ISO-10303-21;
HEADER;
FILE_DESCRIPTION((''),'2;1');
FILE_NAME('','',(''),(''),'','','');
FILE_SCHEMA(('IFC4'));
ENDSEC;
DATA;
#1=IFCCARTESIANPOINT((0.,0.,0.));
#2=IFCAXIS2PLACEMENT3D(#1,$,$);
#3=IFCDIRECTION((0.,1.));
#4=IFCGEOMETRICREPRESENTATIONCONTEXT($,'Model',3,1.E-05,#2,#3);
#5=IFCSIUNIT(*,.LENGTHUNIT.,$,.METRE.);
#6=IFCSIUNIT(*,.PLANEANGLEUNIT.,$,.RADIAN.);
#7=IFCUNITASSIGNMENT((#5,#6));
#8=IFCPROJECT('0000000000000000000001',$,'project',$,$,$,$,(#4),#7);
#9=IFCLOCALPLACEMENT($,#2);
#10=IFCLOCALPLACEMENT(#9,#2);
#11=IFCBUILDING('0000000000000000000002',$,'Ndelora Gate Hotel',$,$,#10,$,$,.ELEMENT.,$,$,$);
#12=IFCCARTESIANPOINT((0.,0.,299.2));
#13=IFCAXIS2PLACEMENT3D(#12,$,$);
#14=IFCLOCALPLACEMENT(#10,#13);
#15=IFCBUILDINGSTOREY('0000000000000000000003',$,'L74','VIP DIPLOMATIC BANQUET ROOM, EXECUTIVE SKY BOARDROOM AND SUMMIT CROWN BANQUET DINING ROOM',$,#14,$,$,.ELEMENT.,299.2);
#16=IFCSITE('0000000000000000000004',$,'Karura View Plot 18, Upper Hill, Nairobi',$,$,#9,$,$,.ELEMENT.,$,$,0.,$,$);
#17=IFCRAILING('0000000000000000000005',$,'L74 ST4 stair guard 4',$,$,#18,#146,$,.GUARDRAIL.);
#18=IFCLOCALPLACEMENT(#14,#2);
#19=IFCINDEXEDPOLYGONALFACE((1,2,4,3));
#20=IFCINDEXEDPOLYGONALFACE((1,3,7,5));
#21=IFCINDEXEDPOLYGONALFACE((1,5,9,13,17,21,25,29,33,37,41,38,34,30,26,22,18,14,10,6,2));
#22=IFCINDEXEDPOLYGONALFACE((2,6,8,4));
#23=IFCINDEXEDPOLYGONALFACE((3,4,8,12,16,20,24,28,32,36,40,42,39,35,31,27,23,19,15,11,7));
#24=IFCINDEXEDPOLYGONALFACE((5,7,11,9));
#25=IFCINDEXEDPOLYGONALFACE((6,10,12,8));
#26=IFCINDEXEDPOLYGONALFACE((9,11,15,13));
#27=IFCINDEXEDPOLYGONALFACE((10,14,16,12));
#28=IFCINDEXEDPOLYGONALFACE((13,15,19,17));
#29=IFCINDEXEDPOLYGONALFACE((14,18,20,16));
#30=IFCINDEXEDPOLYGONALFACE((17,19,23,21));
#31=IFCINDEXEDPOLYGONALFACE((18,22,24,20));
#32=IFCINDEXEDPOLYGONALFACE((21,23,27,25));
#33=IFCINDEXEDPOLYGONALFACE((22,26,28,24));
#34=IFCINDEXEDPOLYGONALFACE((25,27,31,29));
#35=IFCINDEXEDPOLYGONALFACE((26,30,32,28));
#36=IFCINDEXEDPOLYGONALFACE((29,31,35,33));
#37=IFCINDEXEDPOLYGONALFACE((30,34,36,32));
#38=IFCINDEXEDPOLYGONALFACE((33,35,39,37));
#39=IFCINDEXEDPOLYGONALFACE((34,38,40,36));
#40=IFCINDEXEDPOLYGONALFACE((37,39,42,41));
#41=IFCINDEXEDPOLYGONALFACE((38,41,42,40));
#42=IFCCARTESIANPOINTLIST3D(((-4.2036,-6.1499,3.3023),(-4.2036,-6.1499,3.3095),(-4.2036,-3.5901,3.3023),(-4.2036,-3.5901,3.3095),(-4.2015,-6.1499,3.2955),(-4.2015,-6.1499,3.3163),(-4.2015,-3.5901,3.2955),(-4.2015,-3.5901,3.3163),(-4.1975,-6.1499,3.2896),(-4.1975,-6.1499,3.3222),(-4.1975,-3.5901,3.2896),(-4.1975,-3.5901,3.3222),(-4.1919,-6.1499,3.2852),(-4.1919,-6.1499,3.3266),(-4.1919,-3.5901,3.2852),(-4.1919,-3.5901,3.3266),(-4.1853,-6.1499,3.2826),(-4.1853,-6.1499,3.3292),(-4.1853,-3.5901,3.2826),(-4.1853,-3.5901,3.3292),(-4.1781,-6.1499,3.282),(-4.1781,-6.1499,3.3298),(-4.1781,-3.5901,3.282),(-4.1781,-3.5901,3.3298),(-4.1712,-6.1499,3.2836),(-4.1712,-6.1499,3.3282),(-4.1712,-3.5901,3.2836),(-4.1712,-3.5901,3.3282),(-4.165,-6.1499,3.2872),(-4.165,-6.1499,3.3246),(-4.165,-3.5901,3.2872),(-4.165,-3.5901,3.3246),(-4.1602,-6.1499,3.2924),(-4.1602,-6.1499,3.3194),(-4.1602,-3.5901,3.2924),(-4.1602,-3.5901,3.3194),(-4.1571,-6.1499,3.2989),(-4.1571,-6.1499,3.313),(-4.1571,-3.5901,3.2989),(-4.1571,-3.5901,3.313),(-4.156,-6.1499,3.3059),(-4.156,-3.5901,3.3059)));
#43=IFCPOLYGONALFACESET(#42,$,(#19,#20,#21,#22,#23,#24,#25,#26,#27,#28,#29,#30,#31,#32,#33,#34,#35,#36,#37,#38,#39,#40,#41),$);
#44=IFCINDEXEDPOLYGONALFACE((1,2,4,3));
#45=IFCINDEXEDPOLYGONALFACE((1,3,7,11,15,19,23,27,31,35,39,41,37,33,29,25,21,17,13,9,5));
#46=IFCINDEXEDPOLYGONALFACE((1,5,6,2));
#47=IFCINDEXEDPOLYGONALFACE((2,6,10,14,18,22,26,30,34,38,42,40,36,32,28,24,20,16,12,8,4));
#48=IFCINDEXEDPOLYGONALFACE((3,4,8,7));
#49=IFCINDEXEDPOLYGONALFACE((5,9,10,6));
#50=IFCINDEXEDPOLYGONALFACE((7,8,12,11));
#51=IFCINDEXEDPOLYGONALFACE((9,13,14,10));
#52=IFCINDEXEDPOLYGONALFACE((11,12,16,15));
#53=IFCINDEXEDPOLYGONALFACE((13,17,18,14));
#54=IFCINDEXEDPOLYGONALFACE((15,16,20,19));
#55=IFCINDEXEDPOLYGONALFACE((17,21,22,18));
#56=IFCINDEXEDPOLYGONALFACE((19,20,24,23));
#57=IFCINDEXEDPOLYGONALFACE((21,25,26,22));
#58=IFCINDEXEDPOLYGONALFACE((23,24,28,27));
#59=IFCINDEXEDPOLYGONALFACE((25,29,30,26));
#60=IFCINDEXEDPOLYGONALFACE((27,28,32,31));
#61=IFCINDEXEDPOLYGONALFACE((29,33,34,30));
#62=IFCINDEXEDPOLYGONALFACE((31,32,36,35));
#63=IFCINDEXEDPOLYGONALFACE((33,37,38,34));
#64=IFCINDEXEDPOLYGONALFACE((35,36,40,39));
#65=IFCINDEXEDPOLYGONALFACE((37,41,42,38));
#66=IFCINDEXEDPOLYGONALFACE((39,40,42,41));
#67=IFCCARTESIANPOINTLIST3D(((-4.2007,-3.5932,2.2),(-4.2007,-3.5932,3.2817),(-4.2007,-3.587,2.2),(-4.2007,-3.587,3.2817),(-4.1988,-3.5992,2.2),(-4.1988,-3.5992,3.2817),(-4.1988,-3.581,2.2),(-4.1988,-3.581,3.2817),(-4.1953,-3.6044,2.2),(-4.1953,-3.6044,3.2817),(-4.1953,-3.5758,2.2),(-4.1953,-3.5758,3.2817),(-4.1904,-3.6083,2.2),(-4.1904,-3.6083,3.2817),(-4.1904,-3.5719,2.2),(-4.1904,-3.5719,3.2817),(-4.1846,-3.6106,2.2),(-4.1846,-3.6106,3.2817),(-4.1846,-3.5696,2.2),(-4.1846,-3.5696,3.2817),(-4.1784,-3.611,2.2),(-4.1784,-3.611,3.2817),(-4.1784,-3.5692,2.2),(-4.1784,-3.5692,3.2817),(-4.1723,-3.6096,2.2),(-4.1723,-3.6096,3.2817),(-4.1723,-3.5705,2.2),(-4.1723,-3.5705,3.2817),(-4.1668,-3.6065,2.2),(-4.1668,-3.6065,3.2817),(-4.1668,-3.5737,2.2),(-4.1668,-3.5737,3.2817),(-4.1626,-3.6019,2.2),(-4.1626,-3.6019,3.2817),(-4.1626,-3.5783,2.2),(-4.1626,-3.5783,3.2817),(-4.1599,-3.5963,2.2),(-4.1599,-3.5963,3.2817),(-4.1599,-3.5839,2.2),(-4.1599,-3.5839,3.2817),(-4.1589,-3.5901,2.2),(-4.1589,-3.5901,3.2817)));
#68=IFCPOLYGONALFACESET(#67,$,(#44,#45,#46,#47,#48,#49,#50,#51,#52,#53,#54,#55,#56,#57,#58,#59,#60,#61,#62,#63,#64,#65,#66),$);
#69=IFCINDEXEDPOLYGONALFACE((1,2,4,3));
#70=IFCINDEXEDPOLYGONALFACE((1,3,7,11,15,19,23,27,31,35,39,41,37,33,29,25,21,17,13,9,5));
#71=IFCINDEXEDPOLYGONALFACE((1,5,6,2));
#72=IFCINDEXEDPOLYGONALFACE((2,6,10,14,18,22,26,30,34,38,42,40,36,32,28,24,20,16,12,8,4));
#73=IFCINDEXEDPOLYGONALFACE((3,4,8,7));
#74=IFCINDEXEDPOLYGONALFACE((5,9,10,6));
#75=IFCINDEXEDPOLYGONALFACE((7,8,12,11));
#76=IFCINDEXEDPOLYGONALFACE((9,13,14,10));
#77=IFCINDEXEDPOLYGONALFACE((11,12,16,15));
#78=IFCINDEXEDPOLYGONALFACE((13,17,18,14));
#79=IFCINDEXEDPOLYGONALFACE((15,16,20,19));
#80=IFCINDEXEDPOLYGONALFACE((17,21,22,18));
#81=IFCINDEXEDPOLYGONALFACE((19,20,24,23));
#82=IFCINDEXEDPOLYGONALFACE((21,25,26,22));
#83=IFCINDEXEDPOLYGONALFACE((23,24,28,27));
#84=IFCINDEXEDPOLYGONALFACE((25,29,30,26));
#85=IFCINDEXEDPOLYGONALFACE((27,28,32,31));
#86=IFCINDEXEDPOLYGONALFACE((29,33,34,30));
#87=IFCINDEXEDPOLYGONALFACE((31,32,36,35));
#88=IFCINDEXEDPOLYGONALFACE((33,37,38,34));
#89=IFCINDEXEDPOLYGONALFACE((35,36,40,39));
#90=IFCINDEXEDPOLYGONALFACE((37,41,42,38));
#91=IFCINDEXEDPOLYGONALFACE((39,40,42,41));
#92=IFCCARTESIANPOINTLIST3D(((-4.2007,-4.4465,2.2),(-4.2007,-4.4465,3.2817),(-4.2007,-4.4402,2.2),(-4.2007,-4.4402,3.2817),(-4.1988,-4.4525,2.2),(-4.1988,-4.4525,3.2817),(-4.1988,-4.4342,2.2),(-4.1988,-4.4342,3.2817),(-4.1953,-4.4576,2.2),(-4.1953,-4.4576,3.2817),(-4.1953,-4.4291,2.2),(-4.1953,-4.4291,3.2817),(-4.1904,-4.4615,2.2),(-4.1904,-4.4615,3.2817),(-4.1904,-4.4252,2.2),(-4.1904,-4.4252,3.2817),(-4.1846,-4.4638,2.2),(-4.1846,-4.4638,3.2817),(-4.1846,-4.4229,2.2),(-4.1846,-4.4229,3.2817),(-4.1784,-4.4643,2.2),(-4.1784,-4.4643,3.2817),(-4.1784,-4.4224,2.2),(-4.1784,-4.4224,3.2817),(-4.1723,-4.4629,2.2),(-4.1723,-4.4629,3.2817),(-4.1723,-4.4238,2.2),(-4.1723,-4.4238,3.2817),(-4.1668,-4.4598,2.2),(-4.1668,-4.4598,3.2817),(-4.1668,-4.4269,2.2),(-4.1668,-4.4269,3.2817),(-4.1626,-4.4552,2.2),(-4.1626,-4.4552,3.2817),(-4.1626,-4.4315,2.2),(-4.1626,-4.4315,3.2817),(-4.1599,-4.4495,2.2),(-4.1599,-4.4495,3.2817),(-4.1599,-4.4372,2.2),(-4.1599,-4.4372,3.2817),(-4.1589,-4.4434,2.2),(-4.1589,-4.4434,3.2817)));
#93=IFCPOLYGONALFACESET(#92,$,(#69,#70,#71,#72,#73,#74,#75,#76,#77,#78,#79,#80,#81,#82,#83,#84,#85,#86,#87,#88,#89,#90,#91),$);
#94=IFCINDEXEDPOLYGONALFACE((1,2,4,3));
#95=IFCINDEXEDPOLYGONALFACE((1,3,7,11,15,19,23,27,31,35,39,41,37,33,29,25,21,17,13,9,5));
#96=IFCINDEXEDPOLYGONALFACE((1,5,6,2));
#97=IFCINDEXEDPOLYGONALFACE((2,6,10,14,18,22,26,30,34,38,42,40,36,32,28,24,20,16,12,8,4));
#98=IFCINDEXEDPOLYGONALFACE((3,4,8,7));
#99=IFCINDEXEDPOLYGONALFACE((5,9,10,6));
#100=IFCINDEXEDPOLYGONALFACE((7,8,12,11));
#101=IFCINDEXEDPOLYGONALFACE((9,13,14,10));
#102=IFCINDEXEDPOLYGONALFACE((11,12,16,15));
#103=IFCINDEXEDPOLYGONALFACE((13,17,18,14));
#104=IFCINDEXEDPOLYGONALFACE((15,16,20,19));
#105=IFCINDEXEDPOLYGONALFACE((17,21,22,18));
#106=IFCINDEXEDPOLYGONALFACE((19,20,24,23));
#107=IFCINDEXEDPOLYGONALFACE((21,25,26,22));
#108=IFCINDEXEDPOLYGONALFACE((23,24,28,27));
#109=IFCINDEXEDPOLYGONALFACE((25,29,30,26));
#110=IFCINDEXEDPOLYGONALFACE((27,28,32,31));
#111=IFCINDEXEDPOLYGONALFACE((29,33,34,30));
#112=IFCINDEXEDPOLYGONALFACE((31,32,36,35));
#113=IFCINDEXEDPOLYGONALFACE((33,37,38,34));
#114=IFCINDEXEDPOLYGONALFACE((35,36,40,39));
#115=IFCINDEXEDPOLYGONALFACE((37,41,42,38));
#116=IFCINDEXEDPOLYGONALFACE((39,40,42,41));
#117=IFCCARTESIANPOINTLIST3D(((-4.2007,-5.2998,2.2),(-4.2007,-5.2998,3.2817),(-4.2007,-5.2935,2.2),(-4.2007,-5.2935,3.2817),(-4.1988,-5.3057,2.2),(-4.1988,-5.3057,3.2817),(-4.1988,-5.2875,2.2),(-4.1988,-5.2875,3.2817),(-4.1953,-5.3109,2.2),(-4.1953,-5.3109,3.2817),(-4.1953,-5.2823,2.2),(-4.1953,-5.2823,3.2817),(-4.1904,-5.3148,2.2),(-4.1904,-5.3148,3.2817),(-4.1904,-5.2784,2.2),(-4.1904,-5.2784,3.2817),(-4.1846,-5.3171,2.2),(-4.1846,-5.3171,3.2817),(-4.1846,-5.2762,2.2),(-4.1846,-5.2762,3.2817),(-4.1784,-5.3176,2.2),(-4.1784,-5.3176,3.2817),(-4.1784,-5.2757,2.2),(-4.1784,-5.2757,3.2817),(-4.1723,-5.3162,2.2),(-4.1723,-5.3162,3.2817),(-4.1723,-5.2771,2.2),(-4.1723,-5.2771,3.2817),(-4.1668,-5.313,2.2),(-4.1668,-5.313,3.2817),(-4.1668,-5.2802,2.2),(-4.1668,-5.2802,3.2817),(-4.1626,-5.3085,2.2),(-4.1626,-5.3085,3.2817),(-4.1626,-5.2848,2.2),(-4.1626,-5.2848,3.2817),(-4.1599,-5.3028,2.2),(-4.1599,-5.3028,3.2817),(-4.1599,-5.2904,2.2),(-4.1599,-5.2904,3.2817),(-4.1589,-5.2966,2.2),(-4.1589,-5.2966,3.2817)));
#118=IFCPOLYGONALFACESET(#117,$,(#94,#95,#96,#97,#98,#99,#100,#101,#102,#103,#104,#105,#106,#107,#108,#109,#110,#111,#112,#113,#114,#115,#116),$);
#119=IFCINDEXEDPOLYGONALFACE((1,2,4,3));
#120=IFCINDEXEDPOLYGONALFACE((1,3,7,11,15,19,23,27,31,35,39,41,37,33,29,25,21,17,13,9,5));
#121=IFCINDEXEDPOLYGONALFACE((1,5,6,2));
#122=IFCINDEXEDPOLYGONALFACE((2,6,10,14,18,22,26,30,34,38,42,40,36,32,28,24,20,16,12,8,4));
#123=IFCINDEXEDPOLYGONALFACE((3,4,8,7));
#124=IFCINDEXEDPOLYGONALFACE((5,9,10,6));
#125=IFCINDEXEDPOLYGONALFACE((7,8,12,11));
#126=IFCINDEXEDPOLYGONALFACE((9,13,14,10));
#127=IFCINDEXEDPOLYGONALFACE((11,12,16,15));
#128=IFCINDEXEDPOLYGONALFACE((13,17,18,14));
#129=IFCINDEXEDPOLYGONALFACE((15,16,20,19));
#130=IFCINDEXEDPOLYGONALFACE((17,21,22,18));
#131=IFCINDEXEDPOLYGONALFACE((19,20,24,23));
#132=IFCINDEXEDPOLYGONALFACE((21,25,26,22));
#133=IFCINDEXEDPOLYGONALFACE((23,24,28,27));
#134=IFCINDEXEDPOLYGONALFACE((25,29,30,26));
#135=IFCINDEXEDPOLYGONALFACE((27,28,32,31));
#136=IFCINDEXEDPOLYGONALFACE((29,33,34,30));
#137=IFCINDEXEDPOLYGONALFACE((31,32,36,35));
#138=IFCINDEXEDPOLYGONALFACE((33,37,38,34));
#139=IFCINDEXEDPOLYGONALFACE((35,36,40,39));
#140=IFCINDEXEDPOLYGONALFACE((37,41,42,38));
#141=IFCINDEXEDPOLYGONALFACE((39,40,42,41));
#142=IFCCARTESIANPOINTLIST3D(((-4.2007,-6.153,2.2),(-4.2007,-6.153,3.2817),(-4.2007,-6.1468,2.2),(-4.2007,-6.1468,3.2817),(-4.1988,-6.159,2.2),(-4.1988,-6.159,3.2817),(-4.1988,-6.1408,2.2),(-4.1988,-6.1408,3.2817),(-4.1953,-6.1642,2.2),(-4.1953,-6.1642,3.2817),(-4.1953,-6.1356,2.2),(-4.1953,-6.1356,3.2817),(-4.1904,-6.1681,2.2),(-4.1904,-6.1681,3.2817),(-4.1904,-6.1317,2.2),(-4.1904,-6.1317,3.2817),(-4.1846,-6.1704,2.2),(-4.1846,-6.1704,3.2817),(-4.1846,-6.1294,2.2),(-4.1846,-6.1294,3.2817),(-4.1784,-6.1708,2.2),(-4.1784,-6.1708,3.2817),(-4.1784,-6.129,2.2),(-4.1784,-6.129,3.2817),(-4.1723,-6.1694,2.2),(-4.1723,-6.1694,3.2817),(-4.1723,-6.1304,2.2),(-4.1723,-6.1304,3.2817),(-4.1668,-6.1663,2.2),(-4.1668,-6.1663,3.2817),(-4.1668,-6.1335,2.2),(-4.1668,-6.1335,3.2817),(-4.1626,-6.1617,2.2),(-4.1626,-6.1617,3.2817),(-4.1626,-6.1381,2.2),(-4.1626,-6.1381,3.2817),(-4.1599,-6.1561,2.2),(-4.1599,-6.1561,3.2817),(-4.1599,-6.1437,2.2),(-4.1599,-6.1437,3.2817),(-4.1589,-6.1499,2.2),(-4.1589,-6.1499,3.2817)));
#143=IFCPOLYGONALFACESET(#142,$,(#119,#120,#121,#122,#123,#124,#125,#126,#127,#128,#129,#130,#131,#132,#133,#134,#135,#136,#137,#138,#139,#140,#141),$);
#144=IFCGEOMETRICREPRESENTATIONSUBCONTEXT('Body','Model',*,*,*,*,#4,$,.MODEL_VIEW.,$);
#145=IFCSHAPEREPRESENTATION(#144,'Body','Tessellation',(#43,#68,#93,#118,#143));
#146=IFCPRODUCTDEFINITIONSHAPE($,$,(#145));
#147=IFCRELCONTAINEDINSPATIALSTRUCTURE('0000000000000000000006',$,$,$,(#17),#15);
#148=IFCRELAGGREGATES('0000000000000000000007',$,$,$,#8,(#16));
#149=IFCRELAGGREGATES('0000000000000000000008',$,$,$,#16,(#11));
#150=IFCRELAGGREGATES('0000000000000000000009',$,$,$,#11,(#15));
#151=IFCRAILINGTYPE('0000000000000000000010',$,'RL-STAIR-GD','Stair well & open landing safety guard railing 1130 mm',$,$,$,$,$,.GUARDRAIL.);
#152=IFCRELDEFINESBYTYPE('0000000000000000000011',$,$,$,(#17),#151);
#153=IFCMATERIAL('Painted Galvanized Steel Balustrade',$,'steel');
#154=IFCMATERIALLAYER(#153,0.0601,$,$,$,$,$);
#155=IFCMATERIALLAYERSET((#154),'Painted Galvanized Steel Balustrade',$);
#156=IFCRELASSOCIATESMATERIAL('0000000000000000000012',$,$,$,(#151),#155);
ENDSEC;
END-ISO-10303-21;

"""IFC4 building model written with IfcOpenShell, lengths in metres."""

from ifc_helpers import new_model, si_unit, direction, frame, origin, origin_2d, place, context, subcontext, project, spatial, circle, extrude, material, layer, layer_set, type_object, element, save


model = new_model("IFC4")

# Units and contexts
model_context = context("Model", 3, precision=1e-05, world=origin(), true_north=direction((0.0, 1.0)))
body_context = subcontext(model_context, "Body", "Model", "MODEL_VIEW")
ifc_project = project(units=[si_unit("LENGTHUNIT", "METRE"), si_unit("PLANEANGLEUNIT", "RADIAN")], contexts=[model_context])

# Site, building, storey
site_placement = place(None, origin())
site = spatial("IfcSite", under=ifc_project, at=site_placement, Name="Karura View Plot 18, Upper Hill, Nairobi", CompositionType="ELEMENT", RefElevation=0.0)
building_placement = place(site_placement, origin())
building = spatial("IfcBuilding", under=site, at=building_placement, Name="Ndelora Gate Hotel", CompositionType="ELEMENT")
storey_placement = place(building_placement, frame((0.0, 0.0, 299.2)))
storey = spatial("IfcBuildingStorey", under=building, at=storey_placement, Name="L74", Description="VIP DIPLOMATIC BANQUET ROOM, EXECUTIVE SKY BOARDROOM AND SUMMIT CROWN BANQUET DINING ROOM", CompositionType="ELEMENT", Elevation=299.2)

# Railing
ifc_material_1 = material(Name="Painted Galvanized Steel Balustrade", Category="steel")
ifc_layer_1 = layer(ifc_material_1, 0.0601)
ifc_layer_set_1 = layer_set([ifc_layer_1], Name="Painted Galvanized Steel Balustrade")
railing_type_1 = type_object("IfcRailingType", Name="RL-STAIR-GD", Description="Stair well & open landing safety guard railing 1130 mm", PredefinedType="GUARDRAIL", material=ifc_layer_set_1)
for number, where, name in (
    (1, (-4.1799, -3.5901, 2.2), "L74 ST4 stair guard 4"),
):
    element("IfcRailing", number, at=place(storey_placement, frame(where)), inside=storey, type_object=railing_type_1, Name=name, PredefinedType="GUARDRAIL", context=body_context, shape_type="SweptSolid", body=[
        extrude(circle(Radius=0.0239, at=origin_2d()), frame((0.0, 0.0, 1.106), z_axis=(0.0, -1.0, 0.0), x_axis=(1.0, 0.0, 0.0)), (0.0, 0.0, 1.0), 2.5598),
        extrude(circle(Radius=0.021, at=origin_2d()), origin(), (0.0, 0.0, 1.0), 1.0818),
        extrude(circle(Radius=0.021, at=origin_2d()), frame((0.0, -0.8533, 0.0)), (0.0, 0.0, 1.0), 1.0818),
        extrude(circle(Radius=0.021, at=origin_2d()), frame((0.0, -1.7065, 0.0)), (0.0, 0.0, 1.0), 1.0818),
        extrude(circle(Radius=0.021, at=origin_2d()), frame((0.0, -2.5598, 0.0)), (0.0, 0.0, 1.0), 1.0818),
    ])

save(model, "model.ifc")
